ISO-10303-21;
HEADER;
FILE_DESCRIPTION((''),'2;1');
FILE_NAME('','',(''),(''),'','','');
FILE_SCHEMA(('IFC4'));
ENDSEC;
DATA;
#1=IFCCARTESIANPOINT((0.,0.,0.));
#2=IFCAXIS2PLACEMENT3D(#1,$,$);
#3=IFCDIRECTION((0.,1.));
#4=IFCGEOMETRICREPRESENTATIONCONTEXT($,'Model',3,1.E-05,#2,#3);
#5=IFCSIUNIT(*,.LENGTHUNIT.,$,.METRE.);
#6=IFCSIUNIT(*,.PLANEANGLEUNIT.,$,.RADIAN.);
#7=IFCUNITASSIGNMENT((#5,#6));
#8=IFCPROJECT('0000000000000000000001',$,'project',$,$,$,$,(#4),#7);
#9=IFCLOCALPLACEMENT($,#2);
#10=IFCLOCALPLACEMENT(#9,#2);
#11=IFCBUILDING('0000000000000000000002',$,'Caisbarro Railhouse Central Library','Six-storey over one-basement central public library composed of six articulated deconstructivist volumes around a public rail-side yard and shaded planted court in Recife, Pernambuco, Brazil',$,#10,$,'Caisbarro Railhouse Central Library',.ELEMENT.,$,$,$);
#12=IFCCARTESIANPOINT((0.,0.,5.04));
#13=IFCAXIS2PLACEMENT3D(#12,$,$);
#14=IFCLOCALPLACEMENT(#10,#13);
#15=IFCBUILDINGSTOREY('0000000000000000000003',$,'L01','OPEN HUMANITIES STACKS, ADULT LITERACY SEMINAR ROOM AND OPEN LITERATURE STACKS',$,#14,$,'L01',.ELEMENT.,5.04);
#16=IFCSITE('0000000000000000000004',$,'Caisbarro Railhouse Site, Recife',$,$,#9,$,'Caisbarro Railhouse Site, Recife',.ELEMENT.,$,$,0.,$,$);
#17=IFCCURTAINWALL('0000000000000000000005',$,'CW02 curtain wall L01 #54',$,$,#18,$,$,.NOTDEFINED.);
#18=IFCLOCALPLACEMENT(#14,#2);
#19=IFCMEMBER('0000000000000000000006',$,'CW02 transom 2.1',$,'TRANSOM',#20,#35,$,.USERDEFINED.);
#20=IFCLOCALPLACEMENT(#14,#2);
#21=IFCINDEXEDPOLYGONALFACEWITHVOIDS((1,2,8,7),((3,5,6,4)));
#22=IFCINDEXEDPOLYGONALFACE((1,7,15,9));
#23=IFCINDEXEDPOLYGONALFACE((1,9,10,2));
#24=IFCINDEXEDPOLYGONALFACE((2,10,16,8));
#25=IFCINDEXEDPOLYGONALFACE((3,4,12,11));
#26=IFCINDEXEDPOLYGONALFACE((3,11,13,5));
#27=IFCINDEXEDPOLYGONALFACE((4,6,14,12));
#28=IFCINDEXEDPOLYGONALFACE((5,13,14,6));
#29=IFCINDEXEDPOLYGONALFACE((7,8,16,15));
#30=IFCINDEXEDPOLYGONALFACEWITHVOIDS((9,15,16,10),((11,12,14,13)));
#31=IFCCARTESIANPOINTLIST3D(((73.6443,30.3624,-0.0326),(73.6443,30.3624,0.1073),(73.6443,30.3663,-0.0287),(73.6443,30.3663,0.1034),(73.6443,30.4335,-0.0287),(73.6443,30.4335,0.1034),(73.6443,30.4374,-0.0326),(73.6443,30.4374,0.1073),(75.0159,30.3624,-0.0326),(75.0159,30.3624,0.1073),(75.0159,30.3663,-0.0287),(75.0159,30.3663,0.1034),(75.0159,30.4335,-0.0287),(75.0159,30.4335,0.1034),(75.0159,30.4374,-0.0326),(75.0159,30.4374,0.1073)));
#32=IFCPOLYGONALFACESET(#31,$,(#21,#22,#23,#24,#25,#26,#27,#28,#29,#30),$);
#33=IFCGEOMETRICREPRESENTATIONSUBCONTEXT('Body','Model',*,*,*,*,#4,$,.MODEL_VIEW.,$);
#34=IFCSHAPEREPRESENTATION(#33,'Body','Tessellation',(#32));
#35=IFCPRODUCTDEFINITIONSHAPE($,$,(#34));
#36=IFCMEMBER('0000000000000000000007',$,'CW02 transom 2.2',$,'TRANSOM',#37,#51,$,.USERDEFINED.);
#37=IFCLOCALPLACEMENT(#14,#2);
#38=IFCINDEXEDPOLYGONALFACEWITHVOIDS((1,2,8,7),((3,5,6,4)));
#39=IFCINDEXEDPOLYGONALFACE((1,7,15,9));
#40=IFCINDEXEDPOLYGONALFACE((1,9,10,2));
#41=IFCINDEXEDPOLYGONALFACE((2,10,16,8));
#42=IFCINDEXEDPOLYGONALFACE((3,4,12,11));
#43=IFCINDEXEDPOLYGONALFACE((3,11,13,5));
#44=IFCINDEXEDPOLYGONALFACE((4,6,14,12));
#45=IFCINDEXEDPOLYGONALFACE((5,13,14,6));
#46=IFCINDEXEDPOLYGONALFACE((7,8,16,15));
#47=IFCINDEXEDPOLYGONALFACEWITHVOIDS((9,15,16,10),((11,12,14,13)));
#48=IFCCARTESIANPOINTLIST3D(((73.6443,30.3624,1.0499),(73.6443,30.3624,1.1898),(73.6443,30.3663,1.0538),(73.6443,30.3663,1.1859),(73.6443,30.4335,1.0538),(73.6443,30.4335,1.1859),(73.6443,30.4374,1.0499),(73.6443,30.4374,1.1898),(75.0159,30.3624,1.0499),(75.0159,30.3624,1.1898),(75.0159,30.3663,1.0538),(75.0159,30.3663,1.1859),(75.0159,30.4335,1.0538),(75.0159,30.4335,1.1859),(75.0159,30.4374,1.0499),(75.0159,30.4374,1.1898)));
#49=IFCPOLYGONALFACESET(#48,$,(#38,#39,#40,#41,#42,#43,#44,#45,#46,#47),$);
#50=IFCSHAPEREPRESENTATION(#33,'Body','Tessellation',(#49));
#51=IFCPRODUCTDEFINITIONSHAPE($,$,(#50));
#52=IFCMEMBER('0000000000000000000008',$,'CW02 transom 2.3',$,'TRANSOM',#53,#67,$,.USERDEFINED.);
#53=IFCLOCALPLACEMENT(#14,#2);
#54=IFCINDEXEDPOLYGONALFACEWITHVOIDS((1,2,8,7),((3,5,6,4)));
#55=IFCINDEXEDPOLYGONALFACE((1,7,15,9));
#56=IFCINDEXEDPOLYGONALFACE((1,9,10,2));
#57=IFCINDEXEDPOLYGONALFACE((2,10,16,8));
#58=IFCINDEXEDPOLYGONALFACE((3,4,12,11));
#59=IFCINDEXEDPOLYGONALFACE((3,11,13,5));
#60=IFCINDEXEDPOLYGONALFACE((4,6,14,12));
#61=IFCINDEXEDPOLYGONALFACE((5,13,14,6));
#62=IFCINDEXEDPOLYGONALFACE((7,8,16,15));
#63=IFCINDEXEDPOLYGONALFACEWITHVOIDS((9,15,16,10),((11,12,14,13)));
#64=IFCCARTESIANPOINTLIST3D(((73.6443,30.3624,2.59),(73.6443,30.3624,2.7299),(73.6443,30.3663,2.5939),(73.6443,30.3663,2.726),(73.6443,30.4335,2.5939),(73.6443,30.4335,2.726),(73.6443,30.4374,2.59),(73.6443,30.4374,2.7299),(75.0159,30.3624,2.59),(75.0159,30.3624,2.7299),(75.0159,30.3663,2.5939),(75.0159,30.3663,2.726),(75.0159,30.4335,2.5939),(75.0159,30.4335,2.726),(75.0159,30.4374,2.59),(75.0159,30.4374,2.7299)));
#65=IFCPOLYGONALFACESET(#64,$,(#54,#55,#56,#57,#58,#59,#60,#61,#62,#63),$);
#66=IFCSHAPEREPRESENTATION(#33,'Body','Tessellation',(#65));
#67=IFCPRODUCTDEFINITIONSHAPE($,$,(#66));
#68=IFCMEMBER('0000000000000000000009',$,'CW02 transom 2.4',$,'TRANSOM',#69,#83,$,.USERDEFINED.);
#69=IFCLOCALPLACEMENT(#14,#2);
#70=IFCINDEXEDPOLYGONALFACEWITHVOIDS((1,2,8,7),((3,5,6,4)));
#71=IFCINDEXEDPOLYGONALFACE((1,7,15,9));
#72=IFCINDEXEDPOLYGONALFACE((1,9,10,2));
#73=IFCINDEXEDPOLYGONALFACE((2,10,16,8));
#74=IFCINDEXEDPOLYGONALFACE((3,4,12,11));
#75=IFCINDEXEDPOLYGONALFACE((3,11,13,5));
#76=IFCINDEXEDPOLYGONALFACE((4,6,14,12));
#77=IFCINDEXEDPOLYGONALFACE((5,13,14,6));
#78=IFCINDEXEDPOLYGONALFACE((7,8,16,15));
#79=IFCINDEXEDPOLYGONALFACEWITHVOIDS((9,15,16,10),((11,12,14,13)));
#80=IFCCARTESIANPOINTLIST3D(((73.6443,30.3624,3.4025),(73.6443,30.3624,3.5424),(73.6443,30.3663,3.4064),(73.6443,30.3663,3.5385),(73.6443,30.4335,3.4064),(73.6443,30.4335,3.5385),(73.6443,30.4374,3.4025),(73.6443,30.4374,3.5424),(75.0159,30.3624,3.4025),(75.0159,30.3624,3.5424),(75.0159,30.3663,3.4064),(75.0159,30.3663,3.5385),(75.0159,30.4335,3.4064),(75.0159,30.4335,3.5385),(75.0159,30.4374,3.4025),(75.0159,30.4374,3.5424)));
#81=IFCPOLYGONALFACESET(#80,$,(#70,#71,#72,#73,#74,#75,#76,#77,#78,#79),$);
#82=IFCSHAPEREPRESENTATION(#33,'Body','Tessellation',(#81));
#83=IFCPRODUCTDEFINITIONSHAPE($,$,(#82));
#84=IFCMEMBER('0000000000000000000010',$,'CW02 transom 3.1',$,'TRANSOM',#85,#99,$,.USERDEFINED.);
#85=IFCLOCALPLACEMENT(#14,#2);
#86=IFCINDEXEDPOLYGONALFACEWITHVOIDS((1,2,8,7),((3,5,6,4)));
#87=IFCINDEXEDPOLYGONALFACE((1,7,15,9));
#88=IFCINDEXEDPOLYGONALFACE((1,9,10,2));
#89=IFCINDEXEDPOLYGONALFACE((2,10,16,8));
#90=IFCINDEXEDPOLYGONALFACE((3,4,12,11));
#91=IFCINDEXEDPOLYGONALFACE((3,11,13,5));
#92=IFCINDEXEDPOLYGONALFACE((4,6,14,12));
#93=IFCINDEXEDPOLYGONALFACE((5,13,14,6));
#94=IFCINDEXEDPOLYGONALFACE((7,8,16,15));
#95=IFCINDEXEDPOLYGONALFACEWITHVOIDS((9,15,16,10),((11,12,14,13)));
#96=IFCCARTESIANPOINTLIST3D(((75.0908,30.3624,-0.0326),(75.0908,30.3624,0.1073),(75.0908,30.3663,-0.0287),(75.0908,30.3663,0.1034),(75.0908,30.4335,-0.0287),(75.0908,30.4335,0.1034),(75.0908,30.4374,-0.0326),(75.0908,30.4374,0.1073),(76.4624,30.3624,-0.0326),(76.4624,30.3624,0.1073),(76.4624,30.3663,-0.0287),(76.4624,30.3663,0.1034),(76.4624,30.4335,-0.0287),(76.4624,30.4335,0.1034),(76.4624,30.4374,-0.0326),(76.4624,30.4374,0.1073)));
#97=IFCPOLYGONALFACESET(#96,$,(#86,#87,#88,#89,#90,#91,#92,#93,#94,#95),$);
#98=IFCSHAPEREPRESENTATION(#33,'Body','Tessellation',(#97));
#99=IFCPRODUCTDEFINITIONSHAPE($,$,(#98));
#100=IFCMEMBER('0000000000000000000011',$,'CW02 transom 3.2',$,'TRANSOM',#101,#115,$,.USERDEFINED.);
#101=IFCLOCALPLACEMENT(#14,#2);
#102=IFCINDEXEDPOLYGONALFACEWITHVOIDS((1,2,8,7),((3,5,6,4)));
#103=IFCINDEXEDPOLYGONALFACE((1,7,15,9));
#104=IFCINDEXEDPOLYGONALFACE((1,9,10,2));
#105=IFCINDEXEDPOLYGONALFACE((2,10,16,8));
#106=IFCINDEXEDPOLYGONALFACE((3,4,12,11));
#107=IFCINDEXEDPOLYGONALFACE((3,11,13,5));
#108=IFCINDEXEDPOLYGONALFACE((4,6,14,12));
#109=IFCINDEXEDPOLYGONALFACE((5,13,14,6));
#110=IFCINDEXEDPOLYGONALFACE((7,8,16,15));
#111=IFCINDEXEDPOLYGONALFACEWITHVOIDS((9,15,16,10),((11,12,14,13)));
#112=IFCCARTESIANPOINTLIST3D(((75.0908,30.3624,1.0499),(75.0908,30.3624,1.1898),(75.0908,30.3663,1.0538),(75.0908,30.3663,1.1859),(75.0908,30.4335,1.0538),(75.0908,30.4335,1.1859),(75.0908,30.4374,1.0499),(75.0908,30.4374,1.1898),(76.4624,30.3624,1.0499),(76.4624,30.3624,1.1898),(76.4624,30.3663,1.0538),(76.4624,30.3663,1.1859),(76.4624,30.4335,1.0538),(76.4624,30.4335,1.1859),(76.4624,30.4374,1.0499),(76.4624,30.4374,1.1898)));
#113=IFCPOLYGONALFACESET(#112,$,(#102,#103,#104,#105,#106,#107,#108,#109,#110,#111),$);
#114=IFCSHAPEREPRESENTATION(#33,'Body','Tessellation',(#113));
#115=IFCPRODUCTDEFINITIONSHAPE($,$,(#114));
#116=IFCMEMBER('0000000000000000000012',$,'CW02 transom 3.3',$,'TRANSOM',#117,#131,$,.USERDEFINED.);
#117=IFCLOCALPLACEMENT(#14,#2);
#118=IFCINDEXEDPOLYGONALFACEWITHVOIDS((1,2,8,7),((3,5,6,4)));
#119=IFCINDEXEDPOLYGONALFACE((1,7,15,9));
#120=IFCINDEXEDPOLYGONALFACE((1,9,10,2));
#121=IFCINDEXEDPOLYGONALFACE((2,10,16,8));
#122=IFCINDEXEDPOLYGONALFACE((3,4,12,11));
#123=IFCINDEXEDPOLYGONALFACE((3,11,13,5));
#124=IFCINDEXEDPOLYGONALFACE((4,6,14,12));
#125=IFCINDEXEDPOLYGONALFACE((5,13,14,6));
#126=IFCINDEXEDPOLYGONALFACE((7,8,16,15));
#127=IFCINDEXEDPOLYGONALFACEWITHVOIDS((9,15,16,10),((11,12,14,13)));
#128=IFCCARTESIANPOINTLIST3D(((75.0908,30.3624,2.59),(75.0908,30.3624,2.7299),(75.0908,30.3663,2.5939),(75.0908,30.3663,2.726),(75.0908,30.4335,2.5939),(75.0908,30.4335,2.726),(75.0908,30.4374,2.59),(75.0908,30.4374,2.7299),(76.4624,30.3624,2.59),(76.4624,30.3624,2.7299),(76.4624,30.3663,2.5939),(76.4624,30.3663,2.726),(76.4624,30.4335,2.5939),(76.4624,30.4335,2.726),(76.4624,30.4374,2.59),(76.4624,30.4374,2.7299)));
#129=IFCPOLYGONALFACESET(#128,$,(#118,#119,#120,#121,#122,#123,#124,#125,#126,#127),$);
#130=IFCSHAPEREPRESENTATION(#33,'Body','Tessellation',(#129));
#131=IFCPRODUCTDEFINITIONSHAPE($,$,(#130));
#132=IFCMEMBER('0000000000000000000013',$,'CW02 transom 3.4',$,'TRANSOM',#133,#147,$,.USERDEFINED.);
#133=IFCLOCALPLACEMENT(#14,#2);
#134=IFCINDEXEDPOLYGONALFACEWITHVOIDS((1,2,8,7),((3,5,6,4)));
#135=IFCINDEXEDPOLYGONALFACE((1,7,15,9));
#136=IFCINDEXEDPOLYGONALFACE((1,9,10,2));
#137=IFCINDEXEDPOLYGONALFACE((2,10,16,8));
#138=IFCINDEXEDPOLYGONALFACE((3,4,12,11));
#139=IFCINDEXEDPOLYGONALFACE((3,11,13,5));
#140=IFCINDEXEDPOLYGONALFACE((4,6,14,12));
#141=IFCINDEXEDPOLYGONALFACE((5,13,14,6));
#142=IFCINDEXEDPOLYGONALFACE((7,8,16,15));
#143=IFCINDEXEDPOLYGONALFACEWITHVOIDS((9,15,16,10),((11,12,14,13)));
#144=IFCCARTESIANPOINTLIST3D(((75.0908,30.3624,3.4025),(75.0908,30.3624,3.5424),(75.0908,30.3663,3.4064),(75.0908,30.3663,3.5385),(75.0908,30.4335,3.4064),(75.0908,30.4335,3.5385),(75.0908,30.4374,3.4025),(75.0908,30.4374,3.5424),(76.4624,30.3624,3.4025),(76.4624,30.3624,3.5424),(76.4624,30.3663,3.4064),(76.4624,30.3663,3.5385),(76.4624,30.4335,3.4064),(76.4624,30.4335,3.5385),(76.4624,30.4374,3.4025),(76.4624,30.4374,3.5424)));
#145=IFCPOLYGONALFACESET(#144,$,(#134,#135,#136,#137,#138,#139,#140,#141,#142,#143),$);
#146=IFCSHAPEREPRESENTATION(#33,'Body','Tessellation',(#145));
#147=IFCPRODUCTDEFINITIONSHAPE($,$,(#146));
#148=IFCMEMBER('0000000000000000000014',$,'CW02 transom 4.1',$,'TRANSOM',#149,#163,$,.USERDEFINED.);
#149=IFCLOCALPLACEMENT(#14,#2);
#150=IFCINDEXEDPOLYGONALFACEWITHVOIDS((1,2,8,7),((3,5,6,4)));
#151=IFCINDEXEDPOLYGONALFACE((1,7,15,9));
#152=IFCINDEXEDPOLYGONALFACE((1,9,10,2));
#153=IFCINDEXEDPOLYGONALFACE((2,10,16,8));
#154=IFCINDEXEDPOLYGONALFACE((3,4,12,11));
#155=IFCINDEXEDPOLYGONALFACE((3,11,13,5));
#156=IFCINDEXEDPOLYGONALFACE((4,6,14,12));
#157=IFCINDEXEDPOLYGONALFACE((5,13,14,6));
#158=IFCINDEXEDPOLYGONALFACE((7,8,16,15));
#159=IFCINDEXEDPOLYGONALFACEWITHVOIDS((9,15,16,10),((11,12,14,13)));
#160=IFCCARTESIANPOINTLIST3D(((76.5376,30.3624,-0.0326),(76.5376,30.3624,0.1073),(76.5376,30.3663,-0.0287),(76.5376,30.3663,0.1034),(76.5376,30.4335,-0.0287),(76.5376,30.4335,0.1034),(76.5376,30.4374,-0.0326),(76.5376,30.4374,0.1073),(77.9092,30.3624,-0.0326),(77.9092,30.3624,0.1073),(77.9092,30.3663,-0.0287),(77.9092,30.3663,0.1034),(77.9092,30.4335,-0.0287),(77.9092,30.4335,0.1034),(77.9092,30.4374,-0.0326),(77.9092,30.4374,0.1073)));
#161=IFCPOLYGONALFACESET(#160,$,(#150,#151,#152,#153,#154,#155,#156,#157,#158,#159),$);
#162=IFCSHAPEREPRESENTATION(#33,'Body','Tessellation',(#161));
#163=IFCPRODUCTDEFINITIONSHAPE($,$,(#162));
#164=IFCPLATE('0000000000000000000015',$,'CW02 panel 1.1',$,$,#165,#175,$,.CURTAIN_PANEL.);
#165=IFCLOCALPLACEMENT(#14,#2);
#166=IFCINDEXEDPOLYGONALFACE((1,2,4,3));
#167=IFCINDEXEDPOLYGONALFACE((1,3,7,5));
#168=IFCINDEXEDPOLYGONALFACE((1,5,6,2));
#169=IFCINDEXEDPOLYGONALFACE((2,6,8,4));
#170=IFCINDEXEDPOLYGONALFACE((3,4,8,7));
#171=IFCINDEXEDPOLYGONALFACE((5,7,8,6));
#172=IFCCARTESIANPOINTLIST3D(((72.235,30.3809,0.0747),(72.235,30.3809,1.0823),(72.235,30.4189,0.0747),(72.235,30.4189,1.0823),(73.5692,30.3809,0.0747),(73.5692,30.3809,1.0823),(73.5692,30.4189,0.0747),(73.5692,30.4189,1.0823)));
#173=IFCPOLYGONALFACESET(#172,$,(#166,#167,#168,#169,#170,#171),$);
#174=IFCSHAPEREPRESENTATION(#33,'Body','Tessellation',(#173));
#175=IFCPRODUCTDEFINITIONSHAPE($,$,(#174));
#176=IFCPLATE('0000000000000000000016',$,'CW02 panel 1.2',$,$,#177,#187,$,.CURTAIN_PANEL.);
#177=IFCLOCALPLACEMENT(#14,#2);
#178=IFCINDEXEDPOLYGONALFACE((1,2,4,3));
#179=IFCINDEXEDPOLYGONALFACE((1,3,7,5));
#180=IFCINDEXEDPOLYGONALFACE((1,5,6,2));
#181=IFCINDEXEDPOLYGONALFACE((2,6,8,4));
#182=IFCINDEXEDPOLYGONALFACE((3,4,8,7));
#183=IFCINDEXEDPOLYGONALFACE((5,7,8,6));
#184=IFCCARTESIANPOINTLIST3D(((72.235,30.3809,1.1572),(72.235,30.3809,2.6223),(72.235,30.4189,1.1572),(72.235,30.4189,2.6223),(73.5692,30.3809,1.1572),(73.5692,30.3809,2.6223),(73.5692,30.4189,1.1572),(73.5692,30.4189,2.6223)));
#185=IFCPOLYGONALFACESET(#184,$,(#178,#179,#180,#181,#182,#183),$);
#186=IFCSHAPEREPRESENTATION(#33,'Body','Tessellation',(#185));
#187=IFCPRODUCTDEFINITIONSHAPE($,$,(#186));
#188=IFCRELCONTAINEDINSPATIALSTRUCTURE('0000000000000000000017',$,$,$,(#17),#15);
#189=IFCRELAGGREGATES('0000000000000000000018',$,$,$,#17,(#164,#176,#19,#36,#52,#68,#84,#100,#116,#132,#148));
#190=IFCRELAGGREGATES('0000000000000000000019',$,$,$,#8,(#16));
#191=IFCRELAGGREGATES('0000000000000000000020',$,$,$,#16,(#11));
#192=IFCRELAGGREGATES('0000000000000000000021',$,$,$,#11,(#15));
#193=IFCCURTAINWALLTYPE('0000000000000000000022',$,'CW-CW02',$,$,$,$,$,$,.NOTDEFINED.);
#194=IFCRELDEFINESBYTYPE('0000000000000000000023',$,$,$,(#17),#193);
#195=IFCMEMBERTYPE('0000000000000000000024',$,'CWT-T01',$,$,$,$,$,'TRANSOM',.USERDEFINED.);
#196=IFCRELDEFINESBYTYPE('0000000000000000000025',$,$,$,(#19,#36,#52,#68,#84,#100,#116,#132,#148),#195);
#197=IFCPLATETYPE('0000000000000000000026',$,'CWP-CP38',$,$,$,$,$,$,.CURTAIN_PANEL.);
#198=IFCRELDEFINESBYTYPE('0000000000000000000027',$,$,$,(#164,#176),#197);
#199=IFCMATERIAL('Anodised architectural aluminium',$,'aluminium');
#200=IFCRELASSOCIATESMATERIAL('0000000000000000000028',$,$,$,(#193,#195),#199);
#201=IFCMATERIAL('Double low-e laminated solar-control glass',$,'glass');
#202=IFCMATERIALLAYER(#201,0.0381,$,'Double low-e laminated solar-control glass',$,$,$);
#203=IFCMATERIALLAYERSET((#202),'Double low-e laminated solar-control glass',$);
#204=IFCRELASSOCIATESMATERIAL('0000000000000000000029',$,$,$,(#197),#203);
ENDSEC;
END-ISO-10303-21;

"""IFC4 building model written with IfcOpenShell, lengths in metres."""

from ifc_helpers import new_model, si_unit, direction, frame, origin, origin_2d, place, context, subcontext, project, spatial, rectangle, hollow_rectangle, extrude, material, layer, layer_set, material_profile, profile_set, type_object, element, aggregate, save


model = new_model("IFC4")

# Units and contexts
model_context = context("Model", 3, precision=1e-05, world=origin(), true_north=direction((0.0, 1.0)))
body_context = subcontext(model_context, "Body", "Model", "MODEL_VIEW")
ifc_project = project(units=[si_unit("LENGTHUNIT", "METRE"), si_unit("PLANEANGLEUNIT", "RADIAN")], contexts=[model_context])

# Site, building, storey
site_placement = place(None, origin())
site = spatial("IfcSite", under=ifc_project, at=site_placement, Name="Caisbarro Railhouse Site, Recife", LongName="Caisbarro Railhouse Site, Recife", CompositionType="ELEMENT", RefElevation=0.0)
building_placement = place(site_placement, origin())
building = spatial("IfcBuilding", under=site, at=building_placement, Name="Caisbarro Railhouse Central Library", Description="Six-storey over one-basement central public library composed of six articulated deconstructivist volumes around a public rail-side yard and shaded planted court in Recife, Pernambuco, Brazil", LongName="Caisbarro Railhouse Central Library", CompositionType="ELEMENT")
storey_placement = place(building_placement, frame((0.0, 0.0, 5.04)))
storey = spatial("IfcBuildingStorey", under=building, at=storey_placement, Name="L01", Description="OPEN HUMANITIES STACKS, ADULT LITERACY SEMINAR ROOM AND OPEN LITERATURE STACKS", LongName="L01", CompositionType="ELEMENT", Elevation=5.04)

# Curtain wall, members, plates
ifc_material_1 = material(Name="Anodised architectural aluminium", Category="aluminium")
curtain_wall_type = type_object("IfcCurtainWallType", Name="CW-CW02", PredefinedType="NOTDEFINED", material=ifc_material_1)
curtain_wall_placement = place(storey_placement, origin())
curtain_wall = element("IfcCurtainWall", 1, at=curtain_wall_placement, inside=storey, type_object=curtain_wall_type, Name="CW02 curtain wall L01 #54", PredefinedType="NOTDEFINED")
ifc_material_profile_1 = material_profile(ifc_material_1, hollow_rectangle(XDim=0.075, YDim=0.1399, WallThickness=0.0039, at=origin_2d()), Name="ALU-TRN-75X140")
ifc_profile_set_1 = profile_set([ifc_material_profile_1], Name="Anodised architectural aluminium")
member_type_1 = type_object("IfcMemberType", Name="CWT-T01", ElementType="TRANSOM", PredefinedType="USERDEFINED", material=ifc_profile_set_1)
member_1_placement = place(storey_placement, frame((73.6443, 30.3999, 0.0374), z_axis=(1.0, 0.0, 0.0), x_axis=(0.0, 1.0, 0.0)))
member_1 = element("IfcMember", 2, at=member_1_placement, type_object=member_type_1, Name="CW02 transom 2.1", ObjectType="TRANSOM", PredefinedType="USERDEFINED", context=body_context, shape_type="SweptSolid", body=[
    extrude(hollow_rectangle(XDim=0.075, YDim=0.1399, WallThickness=0.0039, at=origin_2d()), origin(), (0.0, 0.0, 1.0), 1.3716),
])
member_2_placement = place(storey_placement, frame((73.6443, 30.3999, 1.1199), z_axis=(1.0, 0.0, 0.0), x_axis=(0.0, 1.0, 0.0)))
member_2 = element("IfcMember", 3, at=member_2_placement, type_object=member_type_1, Name="CW02 transom 2.2", ObjectType="TRANSOM", PredefinedType="USERDEFINED", context=body_context, shape_type="SweptSolid", body=[
    extrude(hollow_rectangle(XDim=0.075, YDim=0.1399, WallThickness=0.0039, at=origin_2d()), origin(), (0.0, 0.0, 1.0), 1.3716),
])
member_3_placement = place(storey_placement, frame((73.6443, 30.3999, 2.6599), z_axis=(1.0, 0.0, 0.0), x_axis=(0.0, 1.0, 0.0)))
member_3 = element("IfcMember", 4, at=member_3_placement, type_object=member_type_1, Name="CW02 transom 2.3", ObjectType="TRANSOM", PredefinedType="USERDEFINED", context=body_context, shape_type="SweptSolid", body=[
    extrude(hollow_rectangle(XDim=0.075, YDim=0.1399, WallThickness=0.0039, at=origin_2d()), origin(), (0.0, 0.0, 1.0), 1.3716),
])
member_4_placement = place(storey_placement, frame((73.6443, 30.3999, 3.4724), z_axis=(1.0, 0.0, 0.0), x_axis=(0.0, 1.0, 0.0)))
member_4 = element("IfcMember", 5, at=member_4_placement, type_object=member_type_1, Name="CW02 transom 2.4", ObjectType="TRANSOM", PredefinedType="USERDEFINED", context=body_context, shape_type="SweptSolid", body=[
    extrude(hollow_rectangle(XDim=0.075, YDim=0.1399, WallThickness=0.0039, at=origin_2d()), origin(), (0.0, 0.0, 1.0), 1.3716),
])
member_5_placement = place(storey_placement, frame((75.0908, 30.3999, 0.0374), z_axis=(1.0, 0.0, 0.0), x_axis=(0.0, 1.0, 0.0)))
member_5 = element("IfcMember", 6, at=member_5_placement, type_object=member_type_1, Name="CW02 transom 3.1", ObjectType="TRANSOM", PredefinedType="USERDEFINED", context=body_context, shape_type="SweptSolid", body=[
    extrude(hollow_rectangle(XDim=0.075, YDim=0.1399, WallThickness=0.0039, at=origin_2d()), origin(), (0.0, 0.0, 1.0), 1.3716),
])
member_6_placement = place(storey_placement, frame((75.0908, 30.3999, 1.1199), z_axis=(1.0, 0.0, 0.0), x_axis=(0.0, 1.0, 0.0)))
member_6 = element("IfcMember", 7, at=member_6_placement, type_object=member_type_1, Name="CW02 transom 3.2", ObjectType="TRANSOM", PredefinedType="USERDEFINED", context=body_context, shape_type="SweptSolid", body=[
    extrude(hollow_rectangle(XDim=0.075, YDim=0.1399, WallThickness=0.0039, at=origin_2d()), origin(), (0.0, 0.0, 1.0), 1.3716),
])
member_7_placement = place(storey_placement, frame((75.0908, 30.3999, 2.6599), z_axis=(1.0, 0.0, 0.0), x_axis=(0.0, 1.0, 0.0)))
member_7 = element("IfcMember", 8, at=member_7_placement, type_object=member_type_1, Name="CW02 transom 3.3", ObjectType="TRANSOM", PredefinedType="USERDEFINED", context=body_context, shape_type="SweptSolid", body=[
    extrude(hollow_rectangle(XDim=0.075, YDim=0.1399, WallThickness=0.0039, at=origin_2d()), origin(), (0.0, 0.0, 1.0), 1.3716),
])
member_8_placement = place(storey_placement, frame((75.0908, 30.3999, 3.4724), z_axis=(1.0, 0.0, 0.0), x_axis=(0.0, 1.0, 0.0)))
member_8 = element("IfcMember", 9, at=member_8_placement, type_object=member_type_1, Name="CW02 transom 3.4", ObjectType="TRANSOM", PredefinedType="USERDEFINED", context=body_context, shape_type="SweptSolid", body=[
    extrude(hollow_rectangle(XDim=0.075, YDim=0.1399, WallThickness=0.0039, at=origin_2d()), origin(), (0.0, 0.0, 1.0), 1.3716),
])
member_9_placement = place(storey_placement, frame((76.5376, 30.3999, 0.0374), z_axis=(1.0, 0.0, 0.0), x_axis=(0.0, 1.0, 0.0)))
member_9 = element("IfcMember", 10, at=member_9_placement, type_object=member_type_1, Name="CW02 transom 4.1", ObjectType="TRANSOM", PredefinedType="USERDEFINED", context=body_context, shape_type="SweptSolid", body=[
    extrude(hollow_rectangle(XDim=0.075, YDim=0.1399, WallThickness=0.0039, at=origin_2d()), origin(), (0.0, 0.0, 1.0), 1.3716),
])
ifc_material_2 = material(Name="Double low-e laminated solar-control glass", Category="glass")
ifc_layer = layer(ifc_material_2, 0.0381, Name="Double low-e laminated solar-control glass")
ifc_layer_set = layer_set([ifc_layer], Name="Double low-e laminated solar-control glass")
plate_type = type_object("IfcPlateType", Name="CWP-CP38", PredefinedType="CURTAIN_PANEL", material=ifc_layer_set)
plate_1_placement = place(storey_placement, frame((72.9021, 30.3999, 0.0747), z_axis=(0.0, 0.0, 1.0), x_axis=(1.0, 0.0, 0.0)))
plate_1 = element("IfcPlate", 11, at=plate_1_placement, type_object=plate_type, Name="CW02 panel 1.1", PredefinedType="CURTAIN_PANEL", context=body_context, shape_type="SweptSolid", body=[
    extrude(rectangle(XDim=1.3342, YDim=0.0381, at=origin_2d()), origin(), (0.0, 0.0, 1.0), 1.0076),
])
plate_2_placement = place(storey_placement, frame((72.9021, 30.3999, 1.1572), z_axis=(0.0, 0.0, 1.0), x_axis=(1.0, 0.0, 0.0)))
plate_2 = element("IfcPlate", 12, at=plate_2_placement, type_object=plate_type, Name="CW02 panel 1.2", PredefinedType="CURTAIN_PANEL", context=body_context, shape_type="SweptSolid", body=[
    extrude(rectangle(XDim=1.3342, YDim=0.0381, at=origin_2d()), origin(), (0.0, 0.0, 1.0), 1.4651),
])
aggregate(curtain_wall, [plate_1, plate_2, member_1, member_2, member_3, member_4, member_5, member_6, member_7, member_8, member_9])

save(model, "model.ifc")
